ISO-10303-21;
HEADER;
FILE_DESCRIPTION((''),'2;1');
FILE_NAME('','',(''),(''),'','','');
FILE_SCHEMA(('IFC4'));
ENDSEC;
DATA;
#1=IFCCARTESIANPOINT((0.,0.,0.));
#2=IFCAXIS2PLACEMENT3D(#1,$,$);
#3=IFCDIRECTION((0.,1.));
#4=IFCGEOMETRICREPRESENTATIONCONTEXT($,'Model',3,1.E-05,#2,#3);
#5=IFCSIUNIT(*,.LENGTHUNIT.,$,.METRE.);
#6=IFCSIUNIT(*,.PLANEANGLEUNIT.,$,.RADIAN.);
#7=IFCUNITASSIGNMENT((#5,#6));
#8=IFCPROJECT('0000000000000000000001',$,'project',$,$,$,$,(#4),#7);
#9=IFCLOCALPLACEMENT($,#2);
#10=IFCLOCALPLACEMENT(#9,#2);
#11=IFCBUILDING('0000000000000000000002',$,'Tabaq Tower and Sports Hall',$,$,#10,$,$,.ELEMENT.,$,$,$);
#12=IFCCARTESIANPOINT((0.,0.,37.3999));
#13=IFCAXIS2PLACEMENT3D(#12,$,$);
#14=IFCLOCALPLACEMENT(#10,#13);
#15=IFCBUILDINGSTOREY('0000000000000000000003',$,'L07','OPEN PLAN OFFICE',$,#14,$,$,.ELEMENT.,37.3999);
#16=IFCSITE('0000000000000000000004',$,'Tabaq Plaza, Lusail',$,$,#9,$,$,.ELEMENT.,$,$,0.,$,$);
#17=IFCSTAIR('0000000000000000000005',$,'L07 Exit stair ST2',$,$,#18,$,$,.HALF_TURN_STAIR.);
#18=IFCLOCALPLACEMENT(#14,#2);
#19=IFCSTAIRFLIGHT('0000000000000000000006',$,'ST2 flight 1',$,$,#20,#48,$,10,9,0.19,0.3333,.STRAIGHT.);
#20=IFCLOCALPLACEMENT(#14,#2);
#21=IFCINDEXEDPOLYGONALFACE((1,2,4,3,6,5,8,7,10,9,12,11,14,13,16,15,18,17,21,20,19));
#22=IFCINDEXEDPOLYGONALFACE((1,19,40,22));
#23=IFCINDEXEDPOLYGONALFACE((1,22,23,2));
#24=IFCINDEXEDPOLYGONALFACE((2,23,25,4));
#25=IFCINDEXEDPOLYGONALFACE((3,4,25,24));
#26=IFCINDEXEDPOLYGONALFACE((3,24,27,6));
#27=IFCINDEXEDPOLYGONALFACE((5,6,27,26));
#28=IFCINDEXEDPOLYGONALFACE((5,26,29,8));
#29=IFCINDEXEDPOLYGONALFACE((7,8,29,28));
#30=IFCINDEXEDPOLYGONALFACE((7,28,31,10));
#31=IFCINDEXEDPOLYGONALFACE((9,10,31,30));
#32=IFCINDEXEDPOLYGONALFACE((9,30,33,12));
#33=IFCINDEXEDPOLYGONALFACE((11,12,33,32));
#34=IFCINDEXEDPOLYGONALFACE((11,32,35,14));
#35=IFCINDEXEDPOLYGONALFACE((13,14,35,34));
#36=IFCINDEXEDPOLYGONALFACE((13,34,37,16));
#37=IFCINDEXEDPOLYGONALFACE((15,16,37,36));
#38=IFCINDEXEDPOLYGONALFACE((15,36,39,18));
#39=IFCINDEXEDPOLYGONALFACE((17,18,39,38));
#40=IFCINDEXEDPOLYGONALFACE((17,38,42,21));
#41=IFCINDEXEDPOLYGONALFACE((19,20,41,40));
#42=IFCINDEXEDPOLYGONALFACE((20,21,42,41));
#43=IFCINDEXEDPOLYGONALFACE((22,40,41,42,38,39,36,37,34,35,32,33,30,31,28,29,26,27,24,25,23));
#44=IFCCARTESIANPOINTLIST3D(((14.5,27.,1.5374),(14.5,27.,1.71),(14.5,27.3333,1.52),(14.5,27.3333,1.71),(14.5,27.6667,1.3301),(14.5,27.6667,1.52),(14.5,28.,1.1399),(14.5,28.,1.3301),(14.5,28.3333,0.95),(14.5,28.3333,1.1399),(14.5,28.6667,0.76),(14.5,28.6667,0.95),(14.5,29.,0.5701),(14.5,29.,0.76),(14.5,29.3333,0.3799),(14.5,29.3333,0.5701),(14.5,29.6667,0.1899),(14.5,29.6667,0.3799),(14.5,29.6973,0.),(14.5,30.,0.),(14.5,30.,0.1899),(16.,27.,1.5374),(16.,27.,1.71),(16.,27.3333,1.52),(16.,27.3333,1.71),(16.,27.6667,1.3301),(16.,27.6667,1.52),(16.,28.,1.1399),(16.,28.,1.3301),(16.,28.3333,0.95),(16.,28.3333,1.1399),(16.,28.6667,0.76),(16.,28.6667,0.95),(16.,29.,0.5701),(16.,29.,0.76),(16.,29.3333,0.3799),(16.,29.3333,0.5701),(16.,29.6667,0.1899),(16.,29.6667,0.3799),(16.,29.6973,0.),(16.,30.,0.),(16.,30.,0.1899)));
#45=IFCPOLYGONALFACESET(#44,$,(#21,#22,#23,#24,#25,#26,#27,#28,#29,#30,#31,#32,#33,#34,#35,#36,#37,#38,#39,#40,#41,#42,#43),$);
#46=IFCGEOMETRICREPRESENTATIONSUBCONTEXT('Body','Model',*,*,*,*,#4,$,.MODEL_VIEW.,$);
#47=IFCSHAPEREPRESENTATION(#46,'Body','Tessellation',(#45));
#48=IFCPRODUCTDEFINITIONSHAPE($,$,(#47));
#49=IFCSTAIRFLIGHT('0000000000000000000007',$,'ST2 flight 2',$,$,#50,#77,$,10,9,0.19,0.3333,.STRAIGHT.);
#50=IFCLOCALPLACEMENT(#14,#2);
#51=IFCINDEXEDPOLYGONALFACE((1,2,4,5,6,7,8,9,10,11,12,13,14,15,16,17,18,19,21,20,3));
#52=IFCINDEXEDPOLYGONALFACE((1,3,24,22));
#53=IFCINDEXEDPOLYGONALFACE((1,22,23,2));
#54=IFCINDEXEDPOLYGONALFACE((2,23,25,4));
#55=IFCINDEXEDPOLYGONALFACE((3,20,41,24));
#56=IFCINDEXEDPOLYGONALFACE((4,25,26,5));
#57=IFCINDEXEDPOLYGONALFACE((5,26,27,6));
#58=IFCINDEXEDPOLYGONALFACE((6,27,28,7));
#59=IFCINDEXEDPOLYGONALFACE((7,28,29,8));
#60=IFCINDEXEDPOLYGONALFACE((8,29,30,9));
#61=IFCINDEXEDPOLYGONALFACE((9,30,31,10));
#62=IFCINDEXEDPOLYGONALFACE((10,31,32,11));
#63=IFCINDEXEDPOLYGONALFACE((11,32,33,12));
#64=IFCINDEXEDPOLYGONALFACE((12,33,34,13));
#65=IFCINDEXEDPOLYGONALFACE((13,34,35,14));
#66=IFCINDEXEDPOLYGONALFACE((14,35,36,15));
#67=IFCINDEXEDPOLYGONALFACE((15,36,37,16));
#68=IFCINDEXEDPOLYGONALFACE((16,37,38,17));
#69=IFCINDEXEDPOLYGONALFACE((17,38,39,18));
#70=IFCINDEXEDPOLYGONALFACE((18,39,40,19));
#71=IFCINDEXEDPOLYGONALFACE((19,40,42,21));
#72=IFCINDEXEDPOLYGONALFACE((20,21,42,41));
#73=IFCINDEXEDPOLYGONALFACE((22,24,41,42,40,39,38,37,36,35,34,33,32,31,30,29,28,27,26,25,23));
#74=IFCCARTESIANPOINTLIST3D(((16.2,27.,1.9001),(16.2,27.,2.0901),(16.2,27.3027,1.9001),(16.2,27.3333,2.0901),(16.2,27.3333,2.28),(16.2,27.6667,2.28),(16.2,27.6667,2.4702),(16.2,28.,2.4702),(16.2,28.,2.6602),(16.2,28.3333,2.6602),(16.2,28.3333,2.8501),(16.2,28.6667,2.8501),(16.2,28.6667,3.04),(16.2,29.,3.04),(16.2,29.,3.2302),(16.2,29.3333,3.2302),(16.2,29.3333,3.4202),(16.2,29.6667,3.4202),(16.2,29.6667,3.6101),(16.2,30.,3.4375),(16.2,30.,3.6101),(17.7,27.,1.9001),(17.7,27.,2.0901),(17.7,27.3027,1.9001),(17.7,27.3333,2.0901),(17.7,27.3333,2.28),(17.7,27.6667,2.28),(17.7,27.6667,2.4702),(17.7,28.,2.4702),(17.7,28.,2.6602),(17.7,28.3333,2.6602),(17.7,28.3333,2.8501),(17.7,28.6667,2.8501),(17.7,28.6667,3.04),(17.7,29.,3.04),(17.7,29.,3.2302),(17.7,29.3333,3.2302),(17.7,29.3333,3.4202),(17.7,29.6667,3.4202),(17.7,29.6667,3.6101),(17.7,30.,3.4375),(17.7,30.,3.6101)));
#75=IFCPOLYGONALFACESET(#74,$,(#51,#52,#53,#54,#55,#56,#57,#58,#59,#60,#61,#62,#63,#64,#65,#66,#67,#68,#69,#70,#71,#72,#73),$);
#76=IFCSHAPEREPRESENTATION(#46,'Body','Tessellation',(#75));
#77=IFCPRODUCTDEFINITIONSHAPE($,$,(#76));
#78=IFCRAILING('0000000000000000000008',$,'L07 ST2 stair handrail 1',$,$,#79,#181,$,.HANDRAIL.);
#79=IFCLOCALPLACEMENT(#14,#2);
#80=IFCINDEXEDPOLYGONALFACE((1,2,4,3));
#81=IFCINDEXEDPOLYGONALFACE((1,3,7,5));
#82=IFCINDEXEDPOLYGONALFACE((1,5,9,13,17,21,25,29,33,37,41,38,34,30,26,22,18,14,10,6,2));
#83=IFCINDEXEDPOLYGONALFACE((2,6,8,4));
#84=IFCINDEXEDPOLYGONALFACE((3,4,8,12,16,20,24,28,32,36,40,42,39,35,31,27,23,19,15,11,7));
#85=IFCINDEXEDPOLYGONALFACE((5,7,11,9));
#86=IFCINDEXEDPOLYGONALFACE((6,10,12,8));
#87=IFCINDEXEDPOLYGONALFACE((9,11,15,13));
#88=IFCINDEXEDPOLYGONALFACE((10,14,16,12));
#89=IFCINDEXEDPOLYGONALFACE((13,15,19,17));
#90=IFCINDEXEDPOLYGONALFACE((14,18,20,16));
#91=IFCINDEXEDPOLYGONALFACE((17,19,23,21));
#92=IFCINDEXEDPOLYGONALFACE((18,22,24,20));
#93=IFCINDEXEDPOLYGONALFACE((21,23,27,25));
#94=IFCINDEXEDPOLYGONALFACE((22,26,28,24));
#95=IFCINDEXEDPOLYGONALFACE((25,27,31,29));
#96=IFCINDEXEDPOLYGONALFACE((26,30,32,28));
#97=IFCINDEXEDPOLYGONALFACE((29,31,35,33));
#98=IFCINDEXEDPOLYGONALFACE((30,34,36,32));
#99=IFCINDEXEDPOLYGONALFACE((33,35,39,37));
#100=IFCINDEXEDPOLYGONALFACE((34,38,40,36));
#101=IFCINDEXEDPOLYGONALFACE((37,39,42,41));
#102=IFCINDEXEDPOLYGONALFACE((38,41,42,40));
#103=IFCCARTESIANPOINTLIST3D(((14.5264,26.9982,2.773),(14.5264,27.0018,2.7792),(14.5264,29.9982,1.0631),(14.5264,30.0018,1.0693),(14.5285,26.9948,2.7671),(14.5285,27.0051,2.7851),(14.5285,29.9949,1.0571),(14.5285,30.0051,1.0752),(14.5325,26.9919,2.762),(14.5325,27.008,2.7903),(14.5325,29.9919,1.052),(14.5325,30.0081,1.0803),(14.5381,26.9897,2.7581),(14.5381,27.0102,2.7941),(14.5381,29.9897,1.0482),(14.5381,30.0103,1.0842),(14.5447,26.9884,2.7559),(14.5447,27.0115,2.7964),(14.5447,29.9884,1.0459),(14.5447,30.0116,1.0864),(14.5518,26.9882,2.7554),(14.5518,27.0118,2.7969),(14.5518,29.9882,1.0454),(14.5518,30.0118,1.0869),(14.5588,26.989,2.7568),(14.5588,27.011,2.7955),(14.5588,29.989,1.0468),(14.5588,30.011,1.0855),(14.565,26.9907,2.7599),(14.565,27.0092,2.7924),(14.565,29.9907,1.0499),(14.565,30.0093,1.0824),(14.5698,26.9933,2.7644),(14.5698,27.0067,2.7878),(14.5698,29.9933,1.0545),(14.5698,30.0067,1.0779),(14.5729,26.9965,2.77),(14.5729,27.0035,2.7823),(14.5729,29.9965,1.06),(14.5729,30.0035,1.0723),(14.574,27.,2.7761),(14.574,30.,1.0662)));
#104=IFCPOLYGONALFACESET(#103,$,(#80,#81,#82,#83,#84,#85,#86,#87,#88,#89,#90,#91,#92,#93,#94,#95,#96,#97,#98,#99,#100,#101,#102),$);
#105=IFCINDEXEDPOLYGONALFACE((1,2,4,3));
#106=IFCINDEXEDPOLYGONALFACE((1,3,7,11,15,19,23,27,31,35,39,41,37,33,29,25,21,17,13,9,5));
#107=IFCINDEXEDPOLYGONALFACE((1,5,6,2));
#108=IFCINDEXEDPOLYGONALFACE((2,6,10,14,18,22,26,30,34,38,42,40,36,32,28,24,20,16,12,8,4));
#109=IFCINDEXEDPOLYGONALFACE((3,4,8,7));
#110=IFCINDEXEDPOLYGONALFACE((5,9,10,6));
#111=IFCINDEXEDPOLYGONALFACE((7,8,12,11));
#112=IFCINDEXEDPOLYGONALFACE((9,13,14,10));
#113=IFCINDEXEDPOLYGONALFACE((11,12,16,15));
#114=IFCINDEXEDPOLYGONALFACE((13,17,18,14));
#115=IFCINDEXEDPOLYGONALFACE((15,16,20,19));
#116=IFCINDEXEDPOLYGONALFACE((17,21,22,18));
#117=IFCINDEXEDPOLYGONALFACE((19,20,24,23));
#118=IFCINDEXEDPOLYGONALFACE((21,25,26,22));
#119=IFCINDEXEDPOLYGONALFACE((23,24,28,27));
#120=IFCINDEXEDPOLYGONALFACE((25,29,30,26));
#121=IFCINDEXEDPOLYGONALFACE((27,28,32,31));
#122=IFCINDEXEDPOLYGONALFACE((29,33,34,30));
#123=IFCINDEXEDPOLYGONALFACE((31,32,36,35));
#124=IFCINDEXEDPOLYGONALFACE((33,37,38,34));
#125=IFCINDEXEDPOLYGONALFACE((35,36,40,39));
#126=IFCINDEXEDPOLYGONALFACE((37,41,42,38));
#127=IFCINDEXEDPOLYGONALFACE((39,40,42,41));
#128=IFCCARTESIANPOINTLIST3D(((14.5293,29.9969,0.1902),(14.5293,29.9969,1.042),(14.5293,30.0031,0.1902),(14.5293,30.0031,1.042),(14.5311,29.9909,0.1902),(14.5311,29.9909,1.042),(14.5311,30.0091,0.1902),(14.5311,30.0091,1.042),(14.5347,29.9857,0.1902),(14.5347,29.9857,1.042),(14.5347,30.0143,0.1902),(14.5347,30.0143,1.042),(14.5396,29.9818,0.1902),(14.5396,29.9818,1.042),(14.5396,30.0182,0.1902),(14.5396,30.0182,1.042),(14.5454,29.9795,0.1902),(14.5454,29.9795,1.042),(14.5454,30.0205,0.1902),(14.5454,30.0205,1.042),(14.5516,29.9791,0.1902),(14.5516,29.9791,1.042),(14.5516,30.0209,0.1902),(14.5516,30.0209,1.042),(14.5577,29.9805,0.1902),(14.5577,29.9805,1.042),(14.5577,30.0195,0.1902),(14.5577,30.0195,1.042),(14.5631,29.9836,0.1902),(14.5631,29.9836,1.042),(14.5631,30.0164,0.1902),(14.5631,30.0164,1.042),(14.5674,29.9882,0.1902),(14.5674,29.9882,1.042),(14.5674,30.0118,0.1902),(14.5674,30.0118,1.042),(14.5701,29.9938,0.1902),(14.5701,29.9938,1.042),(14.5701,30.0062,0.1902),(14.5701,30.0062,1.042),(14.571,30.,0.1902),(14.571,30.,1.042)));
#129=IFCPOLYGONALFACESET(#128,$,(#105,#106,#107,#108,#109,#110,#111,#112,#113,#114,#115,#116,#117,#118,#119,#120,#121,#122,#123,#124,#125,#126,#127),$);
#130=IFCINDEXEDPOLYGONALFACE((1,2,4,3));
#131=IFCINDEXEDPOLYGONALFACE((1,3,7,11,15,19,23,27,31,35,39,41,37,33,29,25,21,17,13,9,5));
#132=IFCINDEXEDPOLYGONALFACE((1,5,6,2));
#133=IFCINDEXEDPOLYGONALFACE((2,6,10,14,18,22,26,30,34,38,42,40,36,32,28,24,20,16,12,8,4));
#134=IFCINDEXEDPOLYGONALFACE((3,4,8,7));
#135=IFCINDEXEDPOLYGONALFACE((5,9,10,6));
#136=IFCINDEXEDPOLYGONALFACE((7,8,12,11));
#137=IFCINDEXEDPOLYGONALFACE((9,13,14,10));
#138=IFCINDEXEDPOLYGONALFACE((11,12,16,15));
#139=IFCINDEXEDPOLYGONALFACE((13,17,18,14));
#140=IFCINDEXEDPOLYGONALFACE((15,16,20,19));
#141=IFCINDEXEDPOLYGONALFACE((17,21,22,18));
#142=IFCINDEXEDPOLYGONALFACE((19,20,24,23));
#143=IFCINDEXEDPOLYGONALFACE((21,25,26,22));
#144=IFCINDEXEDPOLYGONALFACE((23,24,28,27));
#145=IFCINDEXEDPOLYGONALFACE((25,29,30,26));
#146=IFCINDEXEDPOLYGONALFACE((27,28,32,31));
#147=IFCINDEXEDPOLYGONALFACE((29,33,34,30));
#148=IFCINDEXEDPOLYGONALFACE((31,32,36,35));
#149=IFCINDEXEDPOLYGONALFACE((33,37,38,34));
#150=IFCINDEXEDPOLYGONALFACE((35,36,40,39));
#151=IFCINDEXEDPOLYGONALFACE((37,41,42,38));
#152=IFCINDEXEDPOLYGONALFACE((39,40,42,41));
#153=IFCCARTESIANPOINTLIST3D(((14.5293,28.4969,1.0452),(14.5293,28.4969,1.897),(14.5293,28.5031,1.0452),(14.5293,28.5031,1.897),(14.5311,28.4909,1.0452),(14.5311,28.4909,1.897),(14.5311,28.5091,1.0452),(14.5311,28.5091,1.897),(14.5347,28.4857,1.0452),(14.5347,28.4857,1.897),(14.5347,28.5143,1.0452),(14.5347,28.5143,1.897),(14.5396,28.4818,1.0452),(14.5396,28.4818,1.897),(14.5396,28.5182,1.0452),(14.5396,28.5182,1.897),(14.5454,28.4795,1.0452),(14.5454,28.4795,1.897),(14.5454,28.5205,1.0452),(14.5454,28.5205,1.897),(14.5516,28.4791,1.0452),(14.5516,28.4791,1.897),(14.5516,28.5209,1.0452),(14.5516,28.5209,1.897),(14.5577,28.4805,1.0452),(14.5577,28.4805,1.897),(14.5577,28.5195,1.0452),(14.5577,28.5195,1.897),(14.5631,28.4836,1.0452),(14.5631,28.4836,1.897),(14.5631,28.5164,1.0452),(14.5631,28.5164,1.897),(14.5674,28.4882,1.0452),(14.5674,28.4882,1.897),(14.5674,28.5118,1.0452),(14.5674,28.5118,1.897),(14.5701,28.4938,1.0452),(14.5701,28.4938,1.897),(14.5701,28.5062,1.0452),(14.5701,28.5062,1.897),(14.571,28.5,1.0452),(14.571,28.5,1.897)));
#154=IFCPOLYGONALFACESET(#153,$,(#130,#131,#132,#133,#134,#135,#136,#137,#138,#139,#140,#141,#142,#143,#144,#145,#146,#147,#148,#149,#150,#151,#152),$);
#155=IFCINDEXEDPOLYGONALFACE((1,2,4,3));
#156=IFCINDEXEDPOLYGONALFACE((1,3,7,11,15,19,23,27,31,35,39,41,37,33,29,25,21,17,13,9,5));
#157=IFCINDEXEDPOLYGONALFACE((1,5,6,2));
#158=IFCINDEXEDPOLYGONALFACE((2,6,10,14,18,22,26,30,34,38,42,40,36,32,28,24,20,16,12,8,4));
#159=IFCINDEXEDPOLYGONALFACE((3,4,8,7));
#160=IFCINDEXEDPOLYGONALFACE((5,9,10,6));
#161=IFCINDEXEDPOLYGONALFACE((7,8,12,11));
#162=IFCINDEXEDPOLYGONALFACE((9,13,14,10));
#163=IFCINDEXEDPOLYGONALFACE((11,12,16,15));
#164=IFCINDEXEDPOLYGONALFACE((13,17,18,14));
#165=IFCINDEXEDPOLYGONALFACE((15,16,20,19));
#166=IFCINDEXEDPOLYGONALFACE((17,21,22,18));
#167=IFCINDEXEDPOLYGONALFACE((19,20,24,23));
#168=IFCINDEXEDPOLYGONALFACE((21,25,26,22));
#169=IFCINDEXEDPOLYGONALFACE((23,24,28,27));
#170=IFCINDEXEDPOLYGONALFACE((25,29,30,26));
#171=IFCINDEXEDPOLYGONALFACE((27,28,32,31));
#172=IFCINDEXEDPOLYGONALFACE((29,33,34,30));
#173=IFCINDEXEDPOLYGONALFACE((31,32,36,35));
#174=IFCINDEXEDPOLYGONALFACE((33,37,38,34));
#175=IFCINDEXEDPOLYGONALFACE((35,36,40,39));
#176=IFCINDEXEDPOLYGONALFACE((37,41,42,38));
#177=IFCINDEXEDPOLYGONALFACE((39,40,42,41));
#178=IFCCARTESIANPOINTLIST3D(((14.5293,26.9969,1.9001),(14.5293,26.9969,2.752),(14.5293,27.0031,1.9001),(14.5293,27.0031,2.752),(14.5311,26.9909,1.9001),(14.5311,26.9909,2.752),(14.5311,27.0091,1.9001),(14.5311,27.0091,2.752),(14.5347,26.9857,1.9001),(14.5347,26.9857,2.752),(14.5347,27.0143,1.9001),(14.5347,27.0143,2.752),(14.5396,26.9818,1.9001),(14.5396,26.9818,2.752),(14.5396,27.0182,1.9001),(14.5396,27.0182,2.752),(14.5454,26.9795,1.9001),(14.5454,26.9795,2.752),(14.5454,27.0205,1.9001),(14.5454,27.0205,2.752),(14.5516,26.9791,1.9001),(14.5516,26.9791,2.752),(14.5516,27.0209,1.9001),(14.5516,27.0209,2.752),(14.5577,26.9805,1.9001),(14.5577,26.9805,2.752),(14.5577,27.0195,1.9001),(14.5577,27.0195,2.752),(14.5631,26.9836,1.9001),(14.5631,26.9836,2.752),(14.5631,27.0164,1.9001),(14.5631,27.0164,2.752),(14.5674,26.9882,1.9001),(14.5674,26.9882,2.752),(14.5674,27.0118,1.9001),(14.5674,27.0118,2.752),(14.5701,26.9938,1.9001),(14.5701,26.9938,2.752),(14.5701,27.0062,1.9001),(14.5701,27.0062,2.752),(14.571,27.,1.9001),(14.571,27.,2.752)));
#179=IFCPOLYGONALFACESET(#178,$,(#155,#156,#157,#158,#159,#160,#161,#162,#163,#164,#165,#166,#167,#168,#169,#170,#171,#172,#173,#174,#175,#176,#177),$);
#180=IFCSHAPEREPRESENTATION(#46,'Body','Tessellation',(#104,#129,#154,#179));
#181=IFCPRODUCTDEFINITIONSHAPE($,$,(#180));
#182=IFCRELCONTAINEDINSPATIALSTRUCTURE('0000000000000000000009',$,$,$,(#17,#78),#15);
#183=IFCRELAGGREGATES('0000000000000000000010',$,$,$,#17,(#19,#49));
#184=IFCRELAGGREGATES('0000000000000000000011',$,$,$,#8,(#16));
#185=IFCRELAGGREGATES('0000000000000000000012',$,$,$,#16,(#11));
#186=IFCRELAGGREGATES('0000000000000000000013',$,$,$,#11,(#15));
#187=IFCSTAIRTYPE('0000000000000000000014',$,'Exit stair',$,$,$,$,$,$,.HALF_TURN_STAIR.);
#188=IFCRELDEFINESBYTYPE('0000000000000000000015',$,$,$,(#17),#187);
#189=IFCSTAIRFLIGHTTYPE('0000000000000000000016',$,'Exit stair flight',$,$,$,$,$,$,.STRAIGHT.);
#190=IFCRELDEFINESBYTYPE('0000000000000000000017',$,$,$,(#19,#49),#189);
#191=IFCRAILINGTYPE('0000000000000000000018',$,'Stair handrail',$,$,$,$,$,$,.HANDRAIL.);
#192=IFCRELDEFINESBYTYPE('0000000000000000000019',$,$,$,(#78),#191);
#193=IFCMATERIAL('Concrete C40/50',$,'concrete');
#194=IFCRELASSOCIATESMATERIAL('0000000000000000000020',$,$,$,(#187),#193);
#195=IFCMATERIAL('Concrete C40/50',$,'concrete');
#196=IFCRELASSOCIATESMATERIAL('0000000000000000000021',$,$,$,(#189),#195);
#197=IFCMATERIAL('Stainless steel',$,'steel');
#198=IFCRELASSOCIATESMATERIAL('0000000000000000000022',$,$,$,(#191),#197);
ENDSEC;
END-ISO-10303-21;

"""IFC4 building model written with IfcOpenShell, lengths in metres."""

from ifc_helpers import new_model, si_unit, direction, frame, origin, origin_2d, place, context, subcontext, project, spatial, polyline, circle, outline, extrude, material, type_object, element, aggregate, save


model = new_model("IFC4")

# Units and contexts
model_context = context("Model", 3, precision=1e-05, world=origin(), true_north=direction((0.0, 1.0)))
body_context = subcontext(model_context, "Body", "Model", "MODEL_VIEW")
ifc_project = project(units=[si_unit("LENGTHUNIT", "METRE"), si_unit("PLANEANGLEUNIT", "RADIAN")], contexts=[model_context])

# Site, building, storey
site_placement = place(None, origin())
site = spatial("IfcSite", under=ifc_project, at=site_placement, Name="Tabaq Plaza, Lusail", CompositionType="ELEMENT", RefElevation=0.0)
building_placement = place(site_placement, origin())
building = spatial("IfcBuilding", under=site, at=building_placement, Name="Tabaq Tower and Sports Hall", CompositionType="ELEMENT")
storey_placement = place(building_placement, frame((0.0, 0.0, 37.3999)))
storey = spatial("IfcBuildingStorey", under=building, at=storey_placement, Name="L07", Description="OPEN PLAN OFFICE", CompositionType="ELEMENT", Elevation=37.3999)

# Stair, stair flights
ifc_material_1 = material(Name="Concrete C40/50", Category="concrete")
stair_type = type_object("IfcStairType", Name="Exit stair", PredefinedType="HALF_TURN_STAIR", material=ifc_material_1)
stair_placement = place(storey_placement, origin())
stair = element("IfcStair", 1, at=stair_placement, inside=storey, type_object=stair_type, Name="L07 Exit stair ST2", PredefinedType="HALF_TURN_STAIR")
ifc_material_2 = material(Name="Concrete C40/50", Category="concrete")
stair_flight_type = type_object("IfcStairFlightType", Name="Exit stair flight", PredefinedType="STRAIGHT", material=ifc_material_2)
stair_flight_1_placement = place(storey_placement, frame((15.25, 30.0, 0.0), z_axis=(0.0, 0.0, 1.0), x_axis=(0.0, -1.0, 0.0)))
stair_flight_1 = element("IfcStairFlight", 2, at=stair_flight_1_placement, type_object=stair_flight_type, Name="ST2 flight 1", NumberOfRisers=10, NumberOfTreads=9, PredefinedType="STRAIGHT", RiserHeight=0.19, TreadLength=0.3333, context=body_context, shape_type="SweptSolid", body=[
    extrude(outline(polyline([(0.0, 0.0), (0.0, 0.1899), (0.3333, 0.1899), (0.3333, 0.3799), (0.6667, 0.3799), (0.6667, 0.5701), (1.0, 0.5701), (1.0, 0.76), (1.3333, 0.76), (1.3333, 0.95), (1.6667, 0.95), (1.6667, 1.1399), (2.0, 1.1399), (2.0, 1.3301), (2.3333, 1.3301), (2.3333, 1.52), (2.6667, 1.52), (2.6667, 1.71), (3.0, 1.71), (3.0, 1.8999), (3.0, 1.5374), (0.3027, 0.0), (0.0, 0.0)])), frame((0.0, 0.75, 0.0), z_axis=(0.0, -1.0, 0.0), x_axis=(1.0, 0.0, 0.0)), (0.0, 0.0, 1.0), 1.5),
])
stair_flight_2_placement = place(storey_placement, frame((16.95, 27.0, 1.9001), z_axis=(0.0, 0.0, 1.0), x_axis=(0.0, 1.0, 0.0)))
stair_flight_2 = element("IfcStairFlight", 3, at=stair_flight_2_placement, type_object=stair_flight_type, Name="ST2 flight 2", NumberOfRisers=10, NumberOfTreads=9, PredefinedType="STRAIGHT", RiserHeight=0.19, TreadLength=0.3333, context=body_context, shape_type="SweptSolid", body=[
    extrude(outline(polyline([(0.0, 0.0), (0.0, 0.1899), (0.3333, 0.1899), (0.3333, 0.3799), (0.6667, 0.3799), (0.6667, 0.5701), (1.0, 0.5701), (1.0, 0.76), (1.3333, 0.76), (1.3333, 0.95), (1.6667, 0.95), (1.6667, 1.1399), (2.0, 1.1399), (2.0, 1.3301), (2.3333, 1.3301), (2.3333, 1.52), (2.6667, 1.52), (2.6667, 1.71), (3.0, 1.71), (3.0, 1.8999), (3.0, 1.5374), (0.3027, 0.0), (0.0, 0.0)])), frame((0.0, 0.75, 0.0), z_axis=(0.0, -1.0, 0.0), x_axis=(1.0, 0.0, 0.0)), (0.0, 0.0, 1.0), 1.5),
])
aggregate(stair, [stair_flight_1, stair_flight_2])

# Railing
ifc_material_3 = material(Name="Stainless steel", Category="steel")
railing_type_1 = type_object("IfcRailingType", Name="Stair handrail", PredefinedType="HANDRAIL", material=ifc_material_3)
railing_1_placement = place(storey_placement, frame((14.55, 30.0, 0.1902)))
element("IfcRailing", 4, at=railing_1_placement, inside=storey, type_object=railing_type_1, Name="L07 ST2 stair handrail 1", PredefinedType="HANDRAIL", context=body_context, shape_type="SweptSolid", body=[
    extrude(circle(Radius=0.0239, at=origin_2d()), frame((0.0, 0.0, 0.876), z_axis=(0.0, -0.868782, 0.495195), x_axis=(1.0, 0.0, 0.0)), (0.0, 0.0, 1.0), 3.4531),
    extrude(circle(Radius=0.021, at=origin_2d()), origin(), (0.0, 0.0, 1.0), 0.8518),
    extrude(circle(Radius=0.021, at=origin_2d()), frame((0.0, -1.5, 0.855)), (0.0, 0.0, 1.0), 0.8518),
    extrude(circle(Radius=0.021, at=origin_2d()), frame((0.0, -3.0, 1.71)), (0.0, 0.0, 1.0), 0.8518),
])

save(model, "model.ifc")
